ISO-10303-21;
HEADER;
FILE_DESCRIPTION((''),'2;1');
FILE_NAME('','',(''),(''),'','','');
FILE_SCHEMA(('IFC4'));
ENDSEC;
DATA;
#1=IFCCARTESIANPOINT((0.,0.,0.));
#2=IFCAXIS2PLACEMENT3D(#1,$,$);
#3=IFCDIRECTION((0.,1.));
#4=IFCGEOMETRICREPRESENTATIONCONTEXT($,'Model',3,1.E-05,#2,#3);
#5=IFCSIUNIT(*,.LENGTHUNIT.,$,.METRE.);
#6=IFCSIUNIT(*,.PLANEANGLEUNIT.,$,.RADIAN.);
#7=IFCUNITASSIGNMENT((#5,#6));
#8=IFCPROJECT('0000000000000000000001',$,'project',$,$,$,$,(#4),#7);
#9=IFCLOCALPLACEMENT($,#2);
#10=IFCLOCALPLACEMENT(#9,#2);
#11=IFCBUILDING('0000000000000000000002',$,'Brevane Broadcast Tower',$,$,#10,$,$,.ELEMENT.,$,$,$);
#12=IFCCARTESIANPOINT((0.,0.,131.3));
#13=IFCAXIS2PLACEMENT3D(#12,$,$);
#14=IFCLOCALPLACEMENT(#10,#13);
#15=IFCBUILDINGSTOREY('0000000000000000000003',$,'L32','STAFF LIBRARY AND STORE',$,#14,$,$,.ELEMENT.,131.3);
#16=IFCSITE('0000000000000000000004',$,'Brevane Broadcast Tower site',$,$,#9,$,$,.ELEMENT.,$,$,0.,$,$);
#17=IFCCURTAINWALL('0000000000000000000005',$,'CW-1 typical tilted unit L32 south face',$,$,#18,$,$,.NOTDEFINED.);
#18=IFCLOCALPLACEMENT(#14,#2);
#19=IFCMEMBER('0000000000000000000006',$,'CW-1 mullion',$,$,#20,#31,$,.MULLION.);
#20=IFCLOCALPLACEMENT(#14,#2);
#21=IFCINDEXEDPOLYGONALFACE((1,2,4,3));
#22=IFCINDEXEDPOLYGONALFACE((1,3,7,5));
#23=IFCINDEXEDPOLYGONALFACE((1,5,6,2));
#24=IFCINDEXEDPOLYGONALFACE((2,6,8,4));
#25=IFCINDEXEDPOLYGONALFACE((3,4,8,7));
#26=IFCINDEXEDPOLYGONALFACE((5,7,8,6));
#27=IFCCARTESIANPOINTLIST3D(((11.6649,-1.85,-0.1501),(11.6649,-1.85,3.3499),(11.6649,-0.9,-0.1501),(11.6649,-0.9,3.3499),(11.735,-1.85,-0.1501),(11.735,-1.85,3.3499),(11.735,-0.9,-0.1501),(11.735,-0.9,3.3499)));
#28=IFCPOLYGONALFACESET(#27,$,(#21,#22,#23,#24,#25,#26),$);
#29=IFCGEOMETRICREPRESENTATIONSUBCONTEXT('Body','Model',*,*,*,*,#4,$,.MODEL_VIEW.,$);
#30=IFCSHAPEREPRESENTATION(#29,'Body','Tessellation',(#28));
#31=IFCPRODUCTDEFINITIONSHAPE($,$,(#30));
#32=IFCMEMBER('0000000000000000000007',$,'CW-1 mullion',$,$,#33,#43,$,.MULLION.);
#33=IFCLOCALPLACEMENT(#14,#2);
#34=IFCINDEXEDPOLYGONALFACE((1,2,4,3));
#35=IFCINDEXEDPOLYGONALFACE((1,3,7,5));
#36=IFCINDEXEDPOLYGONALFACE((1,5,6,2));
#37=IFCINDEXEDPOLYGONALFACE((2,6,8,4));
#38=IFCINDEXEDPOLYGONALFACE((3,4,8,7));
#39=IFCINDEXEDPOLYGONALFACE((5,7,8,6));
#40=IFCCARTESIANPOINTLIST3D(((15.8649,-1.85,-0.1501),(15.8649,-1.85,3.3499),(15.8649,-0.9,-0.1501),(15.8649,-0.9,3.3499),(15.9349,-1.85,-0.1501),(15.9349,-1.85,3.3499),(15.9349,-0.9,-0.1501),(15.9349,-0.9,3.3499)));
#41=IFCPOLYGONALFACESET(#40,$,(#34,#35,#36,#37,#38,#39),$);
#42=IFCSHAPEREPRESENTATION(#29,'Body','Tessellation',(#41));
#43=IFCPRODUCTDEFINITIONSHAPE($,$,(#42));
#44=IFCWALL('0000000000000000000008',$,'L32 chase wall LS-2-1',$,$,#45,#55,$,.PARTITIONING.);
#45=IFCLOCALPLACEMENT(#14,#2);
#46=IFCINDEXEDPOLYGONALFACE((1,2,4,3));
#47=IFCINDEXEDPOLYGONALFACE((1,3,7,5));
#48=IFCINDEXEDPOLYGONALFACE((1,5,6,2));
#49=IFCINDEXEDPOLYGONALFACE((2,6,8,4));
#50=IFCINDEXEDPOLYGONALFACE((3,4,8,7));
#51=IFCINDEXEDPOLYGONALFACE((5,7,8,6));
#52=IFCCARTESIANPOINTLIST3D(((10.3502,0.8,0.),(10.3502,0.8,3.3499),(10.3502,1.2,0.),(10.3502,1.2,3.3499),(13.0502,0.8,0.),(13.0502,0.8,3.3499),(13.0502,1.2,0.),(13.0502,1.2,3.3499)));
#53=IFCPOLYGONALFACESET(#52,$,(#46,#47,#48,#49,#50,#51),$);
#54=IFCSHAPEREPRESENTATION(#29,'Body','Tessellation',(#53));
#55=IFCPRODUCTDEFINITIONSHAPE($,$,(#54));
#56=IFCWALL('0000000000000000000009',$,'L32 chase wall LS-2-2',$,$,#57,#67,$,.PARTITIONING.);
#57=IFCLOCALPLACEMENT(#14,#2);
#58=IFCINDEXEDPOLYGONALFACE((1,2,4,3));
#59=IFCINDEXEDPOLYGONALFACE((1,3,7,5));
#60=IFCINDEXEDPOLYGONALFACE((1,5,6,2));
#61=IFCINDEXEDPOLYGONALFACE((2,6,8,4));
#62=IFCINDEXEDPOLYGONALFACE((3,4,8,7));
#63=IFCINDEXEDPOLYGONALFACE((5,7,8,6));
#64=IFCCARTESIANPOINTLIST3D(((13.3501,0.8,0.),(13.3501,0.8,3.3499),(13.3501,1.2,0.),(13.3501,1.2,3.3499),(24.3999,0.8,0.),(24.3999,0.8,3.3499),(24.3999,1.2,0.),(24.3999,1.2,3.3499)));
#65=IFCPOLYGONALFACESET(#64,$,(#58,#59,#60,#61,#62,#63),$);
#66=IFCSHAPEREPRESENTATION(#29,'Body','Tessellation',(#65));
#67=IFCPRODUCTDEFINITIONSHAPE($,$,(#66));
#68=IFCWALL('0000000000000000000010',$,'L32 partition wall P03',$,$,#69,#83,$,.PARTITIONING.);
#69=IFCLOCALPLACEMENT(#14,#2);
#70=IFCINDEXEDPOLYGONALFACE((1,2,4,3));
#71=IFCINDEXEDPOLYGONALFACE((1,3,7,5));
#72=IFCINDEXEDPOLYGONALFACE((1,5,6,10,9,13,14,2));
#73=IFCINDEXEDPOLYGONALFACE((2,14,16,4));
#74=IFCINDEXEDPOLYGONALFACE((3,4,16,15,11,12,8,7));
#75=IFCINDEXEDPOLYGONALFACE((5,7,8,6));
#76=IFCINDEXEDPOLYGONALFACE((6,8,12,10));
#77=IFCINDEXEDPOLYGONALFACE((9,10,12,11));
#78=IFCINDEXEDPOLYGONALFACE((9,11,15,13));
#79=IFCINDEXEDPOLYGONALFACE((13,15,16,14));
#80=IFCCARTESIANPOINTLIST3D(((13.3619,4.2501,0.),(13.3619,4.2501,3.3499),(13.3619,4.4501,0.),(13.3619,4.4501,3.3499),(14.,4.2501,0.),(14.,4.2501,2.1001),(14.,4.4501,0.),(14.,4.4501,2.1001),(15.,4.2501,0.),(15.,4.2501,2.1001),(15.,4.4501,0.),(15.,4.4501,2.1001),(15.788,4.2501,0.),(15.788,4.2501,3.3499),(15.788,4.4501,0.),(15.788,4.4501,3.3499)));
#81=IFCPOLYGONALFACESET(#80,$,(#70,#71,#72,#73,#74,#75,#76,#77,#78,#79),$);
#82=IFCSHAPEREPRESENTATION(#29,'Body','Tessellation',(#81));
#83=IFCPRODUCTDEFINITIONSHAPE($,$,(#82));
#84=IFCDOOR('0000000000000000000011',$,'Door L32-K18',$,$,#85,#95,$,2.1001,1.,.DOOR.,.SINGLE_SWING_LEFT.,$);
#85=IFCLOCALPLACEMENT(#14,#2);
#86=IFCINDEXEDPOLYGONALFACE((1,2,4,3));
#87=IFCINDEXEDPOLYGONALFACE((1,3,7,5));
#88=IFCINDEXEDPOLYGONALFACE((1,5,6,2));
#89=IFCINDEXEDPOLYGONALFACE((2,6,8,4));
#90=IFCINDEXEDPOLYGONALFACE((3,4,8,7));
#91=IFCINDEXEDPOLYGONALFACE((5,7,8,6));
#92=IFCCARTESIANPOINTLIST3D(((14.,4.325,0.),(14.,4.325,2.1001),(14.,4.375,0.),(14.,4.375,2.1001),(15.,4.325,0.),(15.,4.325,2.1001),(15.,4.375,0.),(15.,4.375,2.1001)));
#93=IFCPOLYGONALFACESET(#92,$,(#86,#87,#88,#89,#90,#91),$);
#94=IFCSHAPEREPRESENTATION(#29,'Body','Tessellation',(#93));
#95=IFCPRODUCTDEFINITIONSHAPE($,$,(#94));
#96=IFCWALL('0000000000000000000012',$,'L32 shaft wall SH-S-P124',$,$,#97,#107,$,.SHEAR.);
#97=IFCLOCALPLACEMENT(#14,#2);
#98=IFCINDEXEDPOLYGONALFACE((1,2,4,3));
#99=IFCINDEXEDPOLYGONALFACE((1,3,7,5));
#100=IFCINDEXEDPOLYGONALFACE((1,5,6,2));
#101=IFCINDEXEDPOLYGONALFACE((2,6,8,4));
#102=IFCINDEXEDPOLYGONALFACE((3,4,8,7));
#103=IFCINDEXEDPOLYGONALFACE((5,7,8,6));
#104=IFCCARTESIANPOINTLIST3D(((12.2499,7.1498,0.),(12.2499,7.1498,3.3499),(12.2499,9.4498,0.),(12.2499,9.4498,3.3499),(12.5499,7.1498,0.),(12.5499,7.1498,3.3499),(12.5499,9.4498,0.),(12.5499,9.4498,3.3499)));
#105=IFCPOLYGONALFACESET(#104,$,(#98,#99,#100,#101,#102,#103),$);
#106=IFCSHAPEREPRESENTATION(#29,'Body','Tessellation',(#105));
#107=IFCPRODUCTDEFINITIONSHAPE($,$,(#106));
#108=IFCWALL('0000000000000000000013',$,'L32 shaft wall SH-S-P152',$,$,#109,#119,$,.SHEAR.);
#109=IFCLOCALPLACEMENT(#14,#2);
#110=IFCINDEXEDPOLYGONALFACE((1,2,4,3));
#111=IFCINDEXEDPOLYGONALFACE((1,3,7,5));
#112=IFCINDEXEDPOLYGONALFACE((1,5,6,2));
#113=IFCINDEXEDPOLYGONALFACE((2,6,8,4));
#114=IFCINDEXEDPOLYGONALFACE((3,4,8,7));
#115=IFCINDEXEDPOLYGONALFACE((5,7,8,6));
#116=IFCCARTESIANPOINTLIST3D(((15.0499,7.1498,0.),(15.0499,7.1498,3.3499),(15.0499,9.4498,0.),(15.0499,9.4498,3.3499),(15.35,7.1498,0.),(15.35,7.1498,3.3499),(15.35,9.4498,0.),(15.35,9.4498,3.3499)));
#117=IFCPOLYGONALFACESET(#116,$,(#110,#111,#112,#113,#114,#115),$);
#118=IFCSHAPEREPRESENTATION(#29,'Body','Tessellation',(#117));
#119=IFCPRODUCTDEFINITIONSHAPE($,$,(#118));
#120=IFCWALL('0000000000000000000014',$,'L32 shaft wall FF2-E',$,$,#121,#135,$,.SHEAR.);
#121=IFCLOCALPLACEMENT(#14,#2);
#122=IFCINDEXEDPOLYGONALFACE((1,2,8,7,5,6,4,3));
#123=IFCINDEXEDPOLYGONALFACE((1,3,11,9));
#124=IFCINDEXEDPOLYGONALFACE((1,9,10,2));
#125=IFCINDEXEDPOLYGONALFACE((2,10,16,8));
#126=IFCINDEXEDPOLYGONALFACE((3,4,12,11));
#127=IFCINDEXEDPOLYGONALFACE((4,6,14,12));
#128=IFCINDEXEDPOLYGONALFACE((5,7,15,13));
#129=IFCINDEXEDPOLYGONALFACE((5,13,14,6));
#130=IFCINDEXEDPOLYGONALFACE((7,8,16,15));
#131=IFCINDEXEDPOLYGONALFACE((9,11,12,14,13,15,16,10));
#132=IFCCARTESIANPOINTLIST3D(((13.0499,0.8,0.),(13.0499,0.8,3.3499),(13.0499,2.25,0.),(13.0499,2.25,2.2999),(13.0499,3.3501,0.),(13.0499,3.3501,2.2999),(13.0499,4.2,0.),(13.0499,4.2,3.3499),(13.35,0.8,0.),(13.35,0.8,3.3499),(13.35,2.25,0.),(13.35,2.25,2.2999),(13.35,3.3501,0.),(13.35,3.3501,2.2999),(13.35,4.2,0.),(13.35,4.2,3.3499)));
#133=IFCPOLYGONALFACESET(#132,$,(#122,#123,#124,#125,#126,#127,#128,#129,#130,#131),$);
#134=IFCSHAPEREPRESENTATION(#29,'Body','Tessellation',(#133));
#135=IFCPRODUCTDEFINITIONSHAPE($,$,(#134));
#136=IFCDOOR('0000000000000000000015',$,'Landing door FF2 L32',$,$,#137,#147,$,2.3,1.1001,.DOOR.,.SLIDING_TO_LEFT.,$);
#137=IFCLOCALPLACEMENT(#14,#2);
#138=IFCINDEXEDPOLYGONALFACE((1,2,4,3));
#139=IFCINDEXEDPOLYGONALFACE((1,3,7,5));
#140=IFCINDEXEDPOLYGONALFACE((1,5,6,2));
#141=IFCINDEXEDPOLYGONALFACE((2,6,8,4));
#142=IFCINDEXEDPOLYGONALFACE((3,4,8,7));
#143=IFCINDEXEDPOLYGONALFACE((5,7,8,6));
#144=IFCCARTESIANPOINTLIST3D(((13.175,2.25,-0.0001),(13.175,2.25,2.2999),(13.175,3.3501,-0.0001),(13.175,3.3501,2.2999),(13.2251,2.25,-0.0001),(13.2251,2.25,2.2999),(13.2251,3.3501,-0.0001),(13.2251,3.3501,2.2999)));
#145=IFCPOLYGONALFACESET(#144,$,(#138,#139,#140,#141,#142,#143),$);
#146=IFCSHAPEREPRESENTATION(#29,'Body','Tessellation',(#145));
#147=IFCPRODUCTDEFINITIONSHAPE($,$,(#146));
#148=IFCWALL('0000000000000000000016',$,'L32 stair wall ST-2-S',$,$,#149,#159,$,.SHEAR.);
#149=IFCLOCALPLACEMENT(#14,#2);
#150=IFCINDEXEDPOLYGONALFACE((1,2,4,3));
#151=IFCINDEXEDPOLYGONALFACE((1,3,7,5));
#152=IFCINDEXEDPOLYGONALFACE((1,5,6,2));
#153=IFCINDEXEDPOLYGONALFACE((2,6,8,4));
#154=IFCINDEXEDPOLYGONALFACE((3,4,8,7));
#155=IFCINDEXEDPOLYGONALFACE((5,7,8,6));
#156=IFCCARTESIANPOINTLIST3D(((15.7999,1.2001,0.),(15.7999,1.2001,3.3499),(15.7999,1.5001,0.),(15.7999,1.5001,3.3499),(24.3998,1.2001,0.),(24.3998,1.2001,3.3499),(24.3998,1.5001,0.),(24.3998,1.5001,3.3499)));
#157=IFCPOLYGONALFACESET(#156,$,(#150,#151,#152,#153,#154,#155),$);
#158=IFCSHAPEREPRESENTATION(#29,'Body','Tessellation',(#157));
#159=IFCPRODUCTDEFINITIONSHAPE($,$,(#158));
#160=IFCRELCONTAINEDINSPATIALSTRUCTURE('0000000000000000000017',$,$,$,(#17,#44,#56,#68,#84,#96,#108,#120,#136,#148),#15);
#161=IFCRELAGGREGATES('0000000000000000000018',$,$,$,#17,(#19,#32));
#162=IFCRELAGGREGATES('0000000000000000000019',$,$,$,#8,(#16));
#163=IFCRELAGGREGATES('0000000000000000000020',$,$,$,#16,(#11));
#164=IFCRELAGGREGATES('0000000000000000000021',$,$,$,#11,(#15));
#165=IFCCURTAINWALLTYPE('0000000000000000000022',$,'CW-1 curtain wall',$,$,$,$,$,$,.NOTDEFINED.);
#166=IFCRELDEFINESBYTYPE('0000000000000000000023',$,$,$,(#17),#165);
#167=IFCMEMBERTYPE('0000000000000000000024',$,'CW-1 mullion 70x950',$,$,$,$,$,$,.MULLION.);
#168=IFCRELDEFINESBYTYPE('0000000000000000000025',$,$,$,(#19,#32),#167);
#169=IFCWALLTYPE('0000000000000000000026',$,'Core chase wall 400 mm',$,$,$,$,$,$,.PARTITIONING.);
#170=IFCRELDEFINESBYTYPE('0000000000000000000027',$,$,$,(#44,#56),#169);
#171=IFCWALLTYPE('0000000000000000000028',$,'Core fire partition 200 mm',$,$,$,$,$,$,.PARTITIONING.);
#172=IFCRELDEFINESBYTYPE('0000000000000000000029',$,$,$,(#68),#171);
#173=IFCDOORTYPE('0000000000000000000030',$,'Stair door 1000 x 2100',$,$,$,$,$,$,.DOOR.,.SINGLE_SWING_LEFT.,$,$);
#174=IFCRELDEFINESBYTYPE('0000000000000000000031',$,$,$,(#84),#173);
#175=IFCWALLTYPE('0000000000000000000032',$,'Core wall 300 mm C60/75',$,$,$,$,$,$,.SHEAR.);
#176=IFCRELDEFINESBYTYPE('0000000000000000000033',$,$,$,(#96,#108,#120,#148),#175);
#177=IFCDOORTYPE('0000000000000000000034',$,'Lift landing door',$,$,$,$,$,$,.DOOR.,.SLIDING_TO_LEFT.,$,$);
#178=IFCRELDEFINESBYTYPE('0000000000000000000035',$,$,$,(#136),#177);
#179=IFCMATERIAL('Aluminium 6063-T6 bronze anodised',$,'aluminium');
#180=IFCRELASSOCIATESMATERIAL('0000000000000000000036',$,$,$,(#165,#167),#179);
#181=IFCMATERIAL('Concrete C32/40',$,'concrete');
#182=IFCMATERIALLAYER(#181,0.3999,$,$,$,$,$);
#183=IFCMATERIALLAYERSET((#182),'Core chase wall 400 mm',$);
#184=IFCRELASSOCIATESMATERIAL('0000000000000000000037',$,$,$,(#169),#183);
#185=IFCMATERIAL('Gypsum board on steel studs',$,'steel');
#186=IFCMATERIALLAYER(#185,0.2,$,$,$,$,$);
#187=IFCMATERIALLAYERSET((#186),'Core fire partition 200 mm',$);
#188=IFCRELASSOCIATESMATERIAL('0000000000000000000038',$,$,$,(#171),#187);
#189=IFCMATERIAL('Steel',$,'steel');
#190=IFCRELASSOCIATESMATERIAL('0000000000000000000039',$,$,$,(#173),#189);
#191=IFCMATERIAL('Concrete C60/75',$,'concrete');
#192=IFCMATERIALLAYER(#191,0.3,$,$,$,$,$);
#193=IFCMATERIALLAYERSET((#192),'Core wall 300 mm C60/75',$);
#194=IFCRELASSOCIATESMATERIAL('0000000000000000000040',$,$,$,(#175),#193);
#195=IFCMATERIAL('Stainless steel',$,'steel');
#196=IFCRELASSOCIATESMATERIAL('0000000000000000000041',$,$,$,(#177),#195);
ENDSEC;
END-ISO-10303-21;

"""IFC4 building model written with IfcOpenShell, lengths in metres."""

from ifc_helpers import new_model, si_unit, direction, frame, frame_2d, origin, origin_2d, place, context, subcontext, project, spatial, rectangle, extrude, material, layer, layer_set, material_profile, profile_set, type_object, element, fill, aggregate, save


model = new_model("IFC4")

# Units and contexts
model_context = context("Model", 3, precision=1e-05, world=origin(), true_north=direction((0.0, 1.0)))
body_context = subcontext(model_context, "Body", "Model", "MODEL_VIEW")
ifc_project = project(units=[si_unit("LENGTHUNIT", "METRE"), si_unit("PLANEANGLEUNIT", "RADIAN")], contexts=[model_context])

# Site, building, storey
site_placement = place(None, origin())
site = spatial("IfcSite", under=ifc_project, at=site_placement, Name="Brevane Broadcast Tower site", CompositionType="ELEMENT", RefElevation=0.0)
building_placement = place(site_placement, origin())
building = spatial("IfcBuilding", under=site, at=building_placement, Name="Brevane Broadcast Tower", CompositionType="ELEMENT")
storey_placement = place(building_placement, frame((0.0, 0.0, 131.3)))
storey = spatial("IfcBuildingStorey", under=building, at=storey_placement, Name="L32", Description="STAFF LIBRARY AND STORE", CompositionType="ELEMENT", Elevation=131.3)

# Curtain wall, members
ifc_material_1 = material(Name="Aluminium 6063-T6 bronze anodised", Category="aluminium")
curtain_wall_type = type_object("IfcCurtainWallType", Name="CW-1 curtain wall", PredefinedType="NOTDEFINED", material=ifc_material_1)
curtain_wall_placement = place(storey_placement, origin())
curtain_wall = element("IfcCurtainWall", 1, at=curtain_wall_placement, inside=storey, type_object=curtain_wall_type, Name="CW-1 typical tilted unit L32 south face", PredefinedType="NOTDEFINED")
ifc_material_profile = material_profile(ifc_material_1, rectangle(XDim=0.95, YDim=0.0701, at=origin_2d()), Name="RECT 70x950")
ifc_profile_set = profile_set([ifc_material_profile], Name="Aluminium 6063-T6 bronze anodised")
member_type = type_object("IfcMemberType", Name="CW-1 mullion 70x950", PredefinedType="MULLION", material=ifc_profile_set)
member_1_placement = place(storey_placement, frame((11.7, -1.375, -0.1501), z_axis=(0.0, 0.0, 1.0), x_axis=(0.0, 1.0, 0.0)))
member_1 = element("IfcMember", 2, at=member_1_placement, type_object=member_type, Name="CW-1 mullion", PredefinedType="MULLION", context=body_context, shape_type="SweptSolid", body=[
    extrude(rectangle(XDim=0.95, YDim=0.0701, at=origin_2d()), origin(), (0.0, 0.0, 1.0), 3.5),
])
member_2_placement = place(storey_placement, frame((15.8999, -1.375, -0.1501), z_axis=(0.0, 0.0, 1.0), x_axis=(0.0, 1.0, 0.0)))
member_2 = element("IfcMember", 3, at=member_2_placement, type_object=member_type, Name="CW-1 mullion", PredefinedType="MULLION", context=body_context, shape_type="SweptSolid", body=[
    extrude(rectangle(XDim=0.95, YDim=0.0701, at=origin_2d()), origin(), (0.0, 0.0, 1.0), 3.5),
])
aggregate(curtain_wall, [member_1, member_2])

# Walls
ifc_material_2 = material(Name="Concrete C32/40", Category="concrete")
ifc_layer_1 = layer(ifc_material_2, 0.3999)
ifc_layer_set_1 = layer_set([ifc_layer_1], Name="Core chase wall 400 mm")
wall_type_1 = type_object("IfcWallType", Name="Core chase wall 400 mm", PredefinedType="PARTITIONING", material=ifc_layer_set_1)
wall_1_placement = place(storey_placement, frame((10.3501, 1.0, 0.0), z_axis=(0.0, 0.0, 1.0), x_axis=(1.0, 0.0, 0.0)))
element("IfcWall", 4, at=wall_1_placement, inside=storey, type_object=wall_type_1, Name="L32 chase wall LS-2-1", PredefinedType="PARTITIONING", context=body_context, shape_type="SweptSolid", body=[
    extrude(rectangle(XDim=2.7, YDim=0.3999, at=frame_2d((1.3501, 0.0))), origin(), (0.0, 0.0, 1.0), 3.3499),
])
wall_2_placement = place(storey_placement, frame((13.3501, 1.0, 0.0), z_axis=(0.0, 0.0, 1.0), x_axis=(1.0, 0.0, 0.0)))
element("IfcWall", 5, at=wall_2_placement, inside=storey, type_object=wall_type_1, Name="L32 chase wall LS-2-2", PredefinedType="PARTITIONING", context=body_context, shape_type="SweptSolid", body=[
    extrude(rectangle(XDim=11.0498, YDim=0.3999, at=frame_2d((5.5249, 0.0))), origin(), (0.0, 0.0, 1.0), 3.3499),
])

# Wall, opening, door
ifc_material_3 = material(Name="Gypsum board on steel studs", Category="steel")
ifc_layer_2 = layer(ifc_material_3, 0.2)
ifc_layer_set_2 = layer_set([ifc_layer_2], Name="Core fire partition 200 mm")
wall_type_2 = type_object("IfcWallType", Name="Core fire partition 200 mm", PredefinedType="PARTITIONING", material=ifc_layer_set_2)
wall_3_placement = place(storey_placement, frame((13.3621, 4.3501, 0.0), z_axis=(0.0, 0.0, 1.0), x_axis=(1.0, 0.0, 0.0)))
wall_3 = element("IfcWall", 6, at=wall_3_placement, inside=storey, type_object=wall_type_2, Name="L32 partition wall P03", PredefinedType="PARTITIONING", context=body_context, shape_type="SweptSolid", body=[
    extrude(rectangle(XDim=2.426, YDim=0.2, at=frame_2d((1.2129, 0.0))), origin(), (0.0, 0.0, 1.0), 3.3499),
])
opening_1_placement = place(wall_3_placement, frame((0.6379, 0.0, 0.0)))
opening_1 = element("IfcOpeningElement", 7, at=opening_1_placement, cuts=wall_3, PredefinedType="OPENING", context=body_context, shape_type="SweptSolid", body=[
    extrude(rectangle(XDim=1.0, YDim=2.1001, at=frame_2d((0.5, 1.05))), frame((0.0, 0.1099, 0.0), z_axis=(0.0, -1.0, 0.0), x_axis=(1.0, 0.0, 0.0)), (0.0, 0.0, 1.0), 0.22),
])
ifc_material_4 = material(Name="Steel", Category="steel")
door_type_1 = type_object("IfcDoorType", Name="Stair door 1000 x 2100", OperationType="SINGLE_SWING_LEFT", PredefinedType="DOOR", material=ifc_material_4)
door_1_placement = place(opening_1_placement, origin())
door_1 = element("IfcDoor", 8, at=door_1_placement, inside=storey, type_object=door_type_1, Name="Door L32-K18", OperationType="SINGLE_SWING_LEFT", OverallHeight=2.1001, OverallWidth=1.0, PredefinedType="DOOR", context=body_context, shape_type="SweptSolid", body=[
    extrude(rectangle(XDim=1.0, YDim=2.1001, at=frame_2d((0.5, 1.05))), frame((0.0, 0.0249, 0.0), z_axis=(0.0, -1.0, 0.0), x_axis=(1.0, 0.0, 0.0)), (0.0, 0.0, 1.0), 0.05),
])
fill(opening_1, door_1)

# Walls
ifc_material_5 = material(Name="Concrete C60/75", Category="concrete")
ifc_layer_3 = layer(ifc_material_5, 0.3)
ifc_layer_set_3 = layer_set([ifc_layer_3], Name="Core wall 300 mm C60/75")
wall_type_3 = type_object("IfcWallType", Name="Core wall 300 mm C60/75", PredefinedType="SHEAR", material=ifc_layer_set_3)
for number, where, z_axis, x_axis, name in (
    (9, (12.3999, 7.1499, 0.0), (0.0, 0.0, 1.0), (0.0, 1.0, 0.0), "L32 shaft wall SH-S-P124"),
    (10, (15.2, 7.1499, 0.0), (0.0, 0.0, 1.0), (0.0, 1.0, 0.0), "L32 shaft wall SH-S-P152"),
):
    element("IfcWall", number, at=place(storey_placement, frame(where, z_axis=z_axis, x_axis=x_axis)), inside=storey, type_object=wall_type_3, Name=name, PredefinedType="SHEAR", context=body_context, shape_type="SweptSolid", body=[
        extrude(rectangle(XDim=2.3, YDim=0.3, at=frame_2d((1.1499, 0.0))), origin(), (0.0, 0.0, 1.0), 3.3499),
    ])

# Wall, opening, door
wall_4_placement = place(storey_placement, frame((13.2, 0.8, 0.0), z_axis=(0.0, 0.0, 1.0), x_axis=(0.0, 1.0, 0.0)))
wall_4 = element("IfcWall", 11, at=wall_4_placement, inside=storey, type_object=wall_type_3, Name="L32 shaft wall FF2-E", PredefinedType="SHEAR", context=body_context, shape_type="SweptSolid", body=[
    extrude(rectangle(XDim=3.3999, YDim=0.3, at=frame_2d((1.7, 0.0))), origin(), (0.0, 0.0, 1.0), 3.3499),
])
opening_2_placement = place(wall_4_placement, frame((1.45, 0.0, 0.0)))
opening_2 = element("IfcOpeningElement", 12, at=opening_2_placement, cuts=wall_4, PredefinedType="OPENING", context=body_context, shape_type="SweptSolid", body=[
    extrude(rectangle(XDim=1.1001, YDim=2.3, at=frame_2d((0.55, 1.1499))), frame((0.0, 0.1599, 0.0), z_axis=(0.0, -1.0, 0.0), x_axis=(1.0, 0.0, 0.0)), (0.0, 0.0, 1.0), 0.3201),
])
ifc_material_6 = material(Name="Stainless steel", Category="steel")
door_type_2 = type_object("IfcDoorType", Name="Lift landing door", OperationType="SLIDING_TO_LEFT", PredefinedType="DOOR", material=ifc_material_6)
door_2_placement = place(opening_2_placement, origin())
door_2 = element("IfcDoor", 13, at=door_2_placement, inside=storey, type_object=door_type_2, Name="Landing door FF2 L32", OperationType="SLIDING_TO_LEFT", OverallHeight=2.3, OverallWidth=1.1001, PredefinedType="DOOR", context=body_context, shape_type="SweptSolid", body=[
    extrude(rectangle(XDim=1.1001, YDim=2.3, at=frame_2d((0.55, 1.1499))), frame((0.0, 0.0249, 0.0), z_axis=(0.0, -1.0, 0.0), x_axis=(1.0, 0.0, 0.0)), (0.0, 0.0, 1.0), 0.05),
])
fill(opening_2, door_2)

# Wall
wall_5_placement = place(storey_placement, frame((15.8, 1.3501, 0.0), z_axis=(0.0, 0.0, 1.0), x_axis=(1.0, 0.0, 0.0)))
element("IfcWall", 14, at=wall_5_placement, inside=storey, type_object=wall_type_3, Name="L32 stair wall ST-2-S", PredefinedType="SHEAR", context=body_context, shape_type="SweptSolid", body=[
    extrude(rectangle(XDim=8.5999, YDim=0.3, at=frame_2d((4.2998, 0.0))), origin(), (0.0, 0.0, 1.0), 3.3499),
])

save(model, "model.ifc")
